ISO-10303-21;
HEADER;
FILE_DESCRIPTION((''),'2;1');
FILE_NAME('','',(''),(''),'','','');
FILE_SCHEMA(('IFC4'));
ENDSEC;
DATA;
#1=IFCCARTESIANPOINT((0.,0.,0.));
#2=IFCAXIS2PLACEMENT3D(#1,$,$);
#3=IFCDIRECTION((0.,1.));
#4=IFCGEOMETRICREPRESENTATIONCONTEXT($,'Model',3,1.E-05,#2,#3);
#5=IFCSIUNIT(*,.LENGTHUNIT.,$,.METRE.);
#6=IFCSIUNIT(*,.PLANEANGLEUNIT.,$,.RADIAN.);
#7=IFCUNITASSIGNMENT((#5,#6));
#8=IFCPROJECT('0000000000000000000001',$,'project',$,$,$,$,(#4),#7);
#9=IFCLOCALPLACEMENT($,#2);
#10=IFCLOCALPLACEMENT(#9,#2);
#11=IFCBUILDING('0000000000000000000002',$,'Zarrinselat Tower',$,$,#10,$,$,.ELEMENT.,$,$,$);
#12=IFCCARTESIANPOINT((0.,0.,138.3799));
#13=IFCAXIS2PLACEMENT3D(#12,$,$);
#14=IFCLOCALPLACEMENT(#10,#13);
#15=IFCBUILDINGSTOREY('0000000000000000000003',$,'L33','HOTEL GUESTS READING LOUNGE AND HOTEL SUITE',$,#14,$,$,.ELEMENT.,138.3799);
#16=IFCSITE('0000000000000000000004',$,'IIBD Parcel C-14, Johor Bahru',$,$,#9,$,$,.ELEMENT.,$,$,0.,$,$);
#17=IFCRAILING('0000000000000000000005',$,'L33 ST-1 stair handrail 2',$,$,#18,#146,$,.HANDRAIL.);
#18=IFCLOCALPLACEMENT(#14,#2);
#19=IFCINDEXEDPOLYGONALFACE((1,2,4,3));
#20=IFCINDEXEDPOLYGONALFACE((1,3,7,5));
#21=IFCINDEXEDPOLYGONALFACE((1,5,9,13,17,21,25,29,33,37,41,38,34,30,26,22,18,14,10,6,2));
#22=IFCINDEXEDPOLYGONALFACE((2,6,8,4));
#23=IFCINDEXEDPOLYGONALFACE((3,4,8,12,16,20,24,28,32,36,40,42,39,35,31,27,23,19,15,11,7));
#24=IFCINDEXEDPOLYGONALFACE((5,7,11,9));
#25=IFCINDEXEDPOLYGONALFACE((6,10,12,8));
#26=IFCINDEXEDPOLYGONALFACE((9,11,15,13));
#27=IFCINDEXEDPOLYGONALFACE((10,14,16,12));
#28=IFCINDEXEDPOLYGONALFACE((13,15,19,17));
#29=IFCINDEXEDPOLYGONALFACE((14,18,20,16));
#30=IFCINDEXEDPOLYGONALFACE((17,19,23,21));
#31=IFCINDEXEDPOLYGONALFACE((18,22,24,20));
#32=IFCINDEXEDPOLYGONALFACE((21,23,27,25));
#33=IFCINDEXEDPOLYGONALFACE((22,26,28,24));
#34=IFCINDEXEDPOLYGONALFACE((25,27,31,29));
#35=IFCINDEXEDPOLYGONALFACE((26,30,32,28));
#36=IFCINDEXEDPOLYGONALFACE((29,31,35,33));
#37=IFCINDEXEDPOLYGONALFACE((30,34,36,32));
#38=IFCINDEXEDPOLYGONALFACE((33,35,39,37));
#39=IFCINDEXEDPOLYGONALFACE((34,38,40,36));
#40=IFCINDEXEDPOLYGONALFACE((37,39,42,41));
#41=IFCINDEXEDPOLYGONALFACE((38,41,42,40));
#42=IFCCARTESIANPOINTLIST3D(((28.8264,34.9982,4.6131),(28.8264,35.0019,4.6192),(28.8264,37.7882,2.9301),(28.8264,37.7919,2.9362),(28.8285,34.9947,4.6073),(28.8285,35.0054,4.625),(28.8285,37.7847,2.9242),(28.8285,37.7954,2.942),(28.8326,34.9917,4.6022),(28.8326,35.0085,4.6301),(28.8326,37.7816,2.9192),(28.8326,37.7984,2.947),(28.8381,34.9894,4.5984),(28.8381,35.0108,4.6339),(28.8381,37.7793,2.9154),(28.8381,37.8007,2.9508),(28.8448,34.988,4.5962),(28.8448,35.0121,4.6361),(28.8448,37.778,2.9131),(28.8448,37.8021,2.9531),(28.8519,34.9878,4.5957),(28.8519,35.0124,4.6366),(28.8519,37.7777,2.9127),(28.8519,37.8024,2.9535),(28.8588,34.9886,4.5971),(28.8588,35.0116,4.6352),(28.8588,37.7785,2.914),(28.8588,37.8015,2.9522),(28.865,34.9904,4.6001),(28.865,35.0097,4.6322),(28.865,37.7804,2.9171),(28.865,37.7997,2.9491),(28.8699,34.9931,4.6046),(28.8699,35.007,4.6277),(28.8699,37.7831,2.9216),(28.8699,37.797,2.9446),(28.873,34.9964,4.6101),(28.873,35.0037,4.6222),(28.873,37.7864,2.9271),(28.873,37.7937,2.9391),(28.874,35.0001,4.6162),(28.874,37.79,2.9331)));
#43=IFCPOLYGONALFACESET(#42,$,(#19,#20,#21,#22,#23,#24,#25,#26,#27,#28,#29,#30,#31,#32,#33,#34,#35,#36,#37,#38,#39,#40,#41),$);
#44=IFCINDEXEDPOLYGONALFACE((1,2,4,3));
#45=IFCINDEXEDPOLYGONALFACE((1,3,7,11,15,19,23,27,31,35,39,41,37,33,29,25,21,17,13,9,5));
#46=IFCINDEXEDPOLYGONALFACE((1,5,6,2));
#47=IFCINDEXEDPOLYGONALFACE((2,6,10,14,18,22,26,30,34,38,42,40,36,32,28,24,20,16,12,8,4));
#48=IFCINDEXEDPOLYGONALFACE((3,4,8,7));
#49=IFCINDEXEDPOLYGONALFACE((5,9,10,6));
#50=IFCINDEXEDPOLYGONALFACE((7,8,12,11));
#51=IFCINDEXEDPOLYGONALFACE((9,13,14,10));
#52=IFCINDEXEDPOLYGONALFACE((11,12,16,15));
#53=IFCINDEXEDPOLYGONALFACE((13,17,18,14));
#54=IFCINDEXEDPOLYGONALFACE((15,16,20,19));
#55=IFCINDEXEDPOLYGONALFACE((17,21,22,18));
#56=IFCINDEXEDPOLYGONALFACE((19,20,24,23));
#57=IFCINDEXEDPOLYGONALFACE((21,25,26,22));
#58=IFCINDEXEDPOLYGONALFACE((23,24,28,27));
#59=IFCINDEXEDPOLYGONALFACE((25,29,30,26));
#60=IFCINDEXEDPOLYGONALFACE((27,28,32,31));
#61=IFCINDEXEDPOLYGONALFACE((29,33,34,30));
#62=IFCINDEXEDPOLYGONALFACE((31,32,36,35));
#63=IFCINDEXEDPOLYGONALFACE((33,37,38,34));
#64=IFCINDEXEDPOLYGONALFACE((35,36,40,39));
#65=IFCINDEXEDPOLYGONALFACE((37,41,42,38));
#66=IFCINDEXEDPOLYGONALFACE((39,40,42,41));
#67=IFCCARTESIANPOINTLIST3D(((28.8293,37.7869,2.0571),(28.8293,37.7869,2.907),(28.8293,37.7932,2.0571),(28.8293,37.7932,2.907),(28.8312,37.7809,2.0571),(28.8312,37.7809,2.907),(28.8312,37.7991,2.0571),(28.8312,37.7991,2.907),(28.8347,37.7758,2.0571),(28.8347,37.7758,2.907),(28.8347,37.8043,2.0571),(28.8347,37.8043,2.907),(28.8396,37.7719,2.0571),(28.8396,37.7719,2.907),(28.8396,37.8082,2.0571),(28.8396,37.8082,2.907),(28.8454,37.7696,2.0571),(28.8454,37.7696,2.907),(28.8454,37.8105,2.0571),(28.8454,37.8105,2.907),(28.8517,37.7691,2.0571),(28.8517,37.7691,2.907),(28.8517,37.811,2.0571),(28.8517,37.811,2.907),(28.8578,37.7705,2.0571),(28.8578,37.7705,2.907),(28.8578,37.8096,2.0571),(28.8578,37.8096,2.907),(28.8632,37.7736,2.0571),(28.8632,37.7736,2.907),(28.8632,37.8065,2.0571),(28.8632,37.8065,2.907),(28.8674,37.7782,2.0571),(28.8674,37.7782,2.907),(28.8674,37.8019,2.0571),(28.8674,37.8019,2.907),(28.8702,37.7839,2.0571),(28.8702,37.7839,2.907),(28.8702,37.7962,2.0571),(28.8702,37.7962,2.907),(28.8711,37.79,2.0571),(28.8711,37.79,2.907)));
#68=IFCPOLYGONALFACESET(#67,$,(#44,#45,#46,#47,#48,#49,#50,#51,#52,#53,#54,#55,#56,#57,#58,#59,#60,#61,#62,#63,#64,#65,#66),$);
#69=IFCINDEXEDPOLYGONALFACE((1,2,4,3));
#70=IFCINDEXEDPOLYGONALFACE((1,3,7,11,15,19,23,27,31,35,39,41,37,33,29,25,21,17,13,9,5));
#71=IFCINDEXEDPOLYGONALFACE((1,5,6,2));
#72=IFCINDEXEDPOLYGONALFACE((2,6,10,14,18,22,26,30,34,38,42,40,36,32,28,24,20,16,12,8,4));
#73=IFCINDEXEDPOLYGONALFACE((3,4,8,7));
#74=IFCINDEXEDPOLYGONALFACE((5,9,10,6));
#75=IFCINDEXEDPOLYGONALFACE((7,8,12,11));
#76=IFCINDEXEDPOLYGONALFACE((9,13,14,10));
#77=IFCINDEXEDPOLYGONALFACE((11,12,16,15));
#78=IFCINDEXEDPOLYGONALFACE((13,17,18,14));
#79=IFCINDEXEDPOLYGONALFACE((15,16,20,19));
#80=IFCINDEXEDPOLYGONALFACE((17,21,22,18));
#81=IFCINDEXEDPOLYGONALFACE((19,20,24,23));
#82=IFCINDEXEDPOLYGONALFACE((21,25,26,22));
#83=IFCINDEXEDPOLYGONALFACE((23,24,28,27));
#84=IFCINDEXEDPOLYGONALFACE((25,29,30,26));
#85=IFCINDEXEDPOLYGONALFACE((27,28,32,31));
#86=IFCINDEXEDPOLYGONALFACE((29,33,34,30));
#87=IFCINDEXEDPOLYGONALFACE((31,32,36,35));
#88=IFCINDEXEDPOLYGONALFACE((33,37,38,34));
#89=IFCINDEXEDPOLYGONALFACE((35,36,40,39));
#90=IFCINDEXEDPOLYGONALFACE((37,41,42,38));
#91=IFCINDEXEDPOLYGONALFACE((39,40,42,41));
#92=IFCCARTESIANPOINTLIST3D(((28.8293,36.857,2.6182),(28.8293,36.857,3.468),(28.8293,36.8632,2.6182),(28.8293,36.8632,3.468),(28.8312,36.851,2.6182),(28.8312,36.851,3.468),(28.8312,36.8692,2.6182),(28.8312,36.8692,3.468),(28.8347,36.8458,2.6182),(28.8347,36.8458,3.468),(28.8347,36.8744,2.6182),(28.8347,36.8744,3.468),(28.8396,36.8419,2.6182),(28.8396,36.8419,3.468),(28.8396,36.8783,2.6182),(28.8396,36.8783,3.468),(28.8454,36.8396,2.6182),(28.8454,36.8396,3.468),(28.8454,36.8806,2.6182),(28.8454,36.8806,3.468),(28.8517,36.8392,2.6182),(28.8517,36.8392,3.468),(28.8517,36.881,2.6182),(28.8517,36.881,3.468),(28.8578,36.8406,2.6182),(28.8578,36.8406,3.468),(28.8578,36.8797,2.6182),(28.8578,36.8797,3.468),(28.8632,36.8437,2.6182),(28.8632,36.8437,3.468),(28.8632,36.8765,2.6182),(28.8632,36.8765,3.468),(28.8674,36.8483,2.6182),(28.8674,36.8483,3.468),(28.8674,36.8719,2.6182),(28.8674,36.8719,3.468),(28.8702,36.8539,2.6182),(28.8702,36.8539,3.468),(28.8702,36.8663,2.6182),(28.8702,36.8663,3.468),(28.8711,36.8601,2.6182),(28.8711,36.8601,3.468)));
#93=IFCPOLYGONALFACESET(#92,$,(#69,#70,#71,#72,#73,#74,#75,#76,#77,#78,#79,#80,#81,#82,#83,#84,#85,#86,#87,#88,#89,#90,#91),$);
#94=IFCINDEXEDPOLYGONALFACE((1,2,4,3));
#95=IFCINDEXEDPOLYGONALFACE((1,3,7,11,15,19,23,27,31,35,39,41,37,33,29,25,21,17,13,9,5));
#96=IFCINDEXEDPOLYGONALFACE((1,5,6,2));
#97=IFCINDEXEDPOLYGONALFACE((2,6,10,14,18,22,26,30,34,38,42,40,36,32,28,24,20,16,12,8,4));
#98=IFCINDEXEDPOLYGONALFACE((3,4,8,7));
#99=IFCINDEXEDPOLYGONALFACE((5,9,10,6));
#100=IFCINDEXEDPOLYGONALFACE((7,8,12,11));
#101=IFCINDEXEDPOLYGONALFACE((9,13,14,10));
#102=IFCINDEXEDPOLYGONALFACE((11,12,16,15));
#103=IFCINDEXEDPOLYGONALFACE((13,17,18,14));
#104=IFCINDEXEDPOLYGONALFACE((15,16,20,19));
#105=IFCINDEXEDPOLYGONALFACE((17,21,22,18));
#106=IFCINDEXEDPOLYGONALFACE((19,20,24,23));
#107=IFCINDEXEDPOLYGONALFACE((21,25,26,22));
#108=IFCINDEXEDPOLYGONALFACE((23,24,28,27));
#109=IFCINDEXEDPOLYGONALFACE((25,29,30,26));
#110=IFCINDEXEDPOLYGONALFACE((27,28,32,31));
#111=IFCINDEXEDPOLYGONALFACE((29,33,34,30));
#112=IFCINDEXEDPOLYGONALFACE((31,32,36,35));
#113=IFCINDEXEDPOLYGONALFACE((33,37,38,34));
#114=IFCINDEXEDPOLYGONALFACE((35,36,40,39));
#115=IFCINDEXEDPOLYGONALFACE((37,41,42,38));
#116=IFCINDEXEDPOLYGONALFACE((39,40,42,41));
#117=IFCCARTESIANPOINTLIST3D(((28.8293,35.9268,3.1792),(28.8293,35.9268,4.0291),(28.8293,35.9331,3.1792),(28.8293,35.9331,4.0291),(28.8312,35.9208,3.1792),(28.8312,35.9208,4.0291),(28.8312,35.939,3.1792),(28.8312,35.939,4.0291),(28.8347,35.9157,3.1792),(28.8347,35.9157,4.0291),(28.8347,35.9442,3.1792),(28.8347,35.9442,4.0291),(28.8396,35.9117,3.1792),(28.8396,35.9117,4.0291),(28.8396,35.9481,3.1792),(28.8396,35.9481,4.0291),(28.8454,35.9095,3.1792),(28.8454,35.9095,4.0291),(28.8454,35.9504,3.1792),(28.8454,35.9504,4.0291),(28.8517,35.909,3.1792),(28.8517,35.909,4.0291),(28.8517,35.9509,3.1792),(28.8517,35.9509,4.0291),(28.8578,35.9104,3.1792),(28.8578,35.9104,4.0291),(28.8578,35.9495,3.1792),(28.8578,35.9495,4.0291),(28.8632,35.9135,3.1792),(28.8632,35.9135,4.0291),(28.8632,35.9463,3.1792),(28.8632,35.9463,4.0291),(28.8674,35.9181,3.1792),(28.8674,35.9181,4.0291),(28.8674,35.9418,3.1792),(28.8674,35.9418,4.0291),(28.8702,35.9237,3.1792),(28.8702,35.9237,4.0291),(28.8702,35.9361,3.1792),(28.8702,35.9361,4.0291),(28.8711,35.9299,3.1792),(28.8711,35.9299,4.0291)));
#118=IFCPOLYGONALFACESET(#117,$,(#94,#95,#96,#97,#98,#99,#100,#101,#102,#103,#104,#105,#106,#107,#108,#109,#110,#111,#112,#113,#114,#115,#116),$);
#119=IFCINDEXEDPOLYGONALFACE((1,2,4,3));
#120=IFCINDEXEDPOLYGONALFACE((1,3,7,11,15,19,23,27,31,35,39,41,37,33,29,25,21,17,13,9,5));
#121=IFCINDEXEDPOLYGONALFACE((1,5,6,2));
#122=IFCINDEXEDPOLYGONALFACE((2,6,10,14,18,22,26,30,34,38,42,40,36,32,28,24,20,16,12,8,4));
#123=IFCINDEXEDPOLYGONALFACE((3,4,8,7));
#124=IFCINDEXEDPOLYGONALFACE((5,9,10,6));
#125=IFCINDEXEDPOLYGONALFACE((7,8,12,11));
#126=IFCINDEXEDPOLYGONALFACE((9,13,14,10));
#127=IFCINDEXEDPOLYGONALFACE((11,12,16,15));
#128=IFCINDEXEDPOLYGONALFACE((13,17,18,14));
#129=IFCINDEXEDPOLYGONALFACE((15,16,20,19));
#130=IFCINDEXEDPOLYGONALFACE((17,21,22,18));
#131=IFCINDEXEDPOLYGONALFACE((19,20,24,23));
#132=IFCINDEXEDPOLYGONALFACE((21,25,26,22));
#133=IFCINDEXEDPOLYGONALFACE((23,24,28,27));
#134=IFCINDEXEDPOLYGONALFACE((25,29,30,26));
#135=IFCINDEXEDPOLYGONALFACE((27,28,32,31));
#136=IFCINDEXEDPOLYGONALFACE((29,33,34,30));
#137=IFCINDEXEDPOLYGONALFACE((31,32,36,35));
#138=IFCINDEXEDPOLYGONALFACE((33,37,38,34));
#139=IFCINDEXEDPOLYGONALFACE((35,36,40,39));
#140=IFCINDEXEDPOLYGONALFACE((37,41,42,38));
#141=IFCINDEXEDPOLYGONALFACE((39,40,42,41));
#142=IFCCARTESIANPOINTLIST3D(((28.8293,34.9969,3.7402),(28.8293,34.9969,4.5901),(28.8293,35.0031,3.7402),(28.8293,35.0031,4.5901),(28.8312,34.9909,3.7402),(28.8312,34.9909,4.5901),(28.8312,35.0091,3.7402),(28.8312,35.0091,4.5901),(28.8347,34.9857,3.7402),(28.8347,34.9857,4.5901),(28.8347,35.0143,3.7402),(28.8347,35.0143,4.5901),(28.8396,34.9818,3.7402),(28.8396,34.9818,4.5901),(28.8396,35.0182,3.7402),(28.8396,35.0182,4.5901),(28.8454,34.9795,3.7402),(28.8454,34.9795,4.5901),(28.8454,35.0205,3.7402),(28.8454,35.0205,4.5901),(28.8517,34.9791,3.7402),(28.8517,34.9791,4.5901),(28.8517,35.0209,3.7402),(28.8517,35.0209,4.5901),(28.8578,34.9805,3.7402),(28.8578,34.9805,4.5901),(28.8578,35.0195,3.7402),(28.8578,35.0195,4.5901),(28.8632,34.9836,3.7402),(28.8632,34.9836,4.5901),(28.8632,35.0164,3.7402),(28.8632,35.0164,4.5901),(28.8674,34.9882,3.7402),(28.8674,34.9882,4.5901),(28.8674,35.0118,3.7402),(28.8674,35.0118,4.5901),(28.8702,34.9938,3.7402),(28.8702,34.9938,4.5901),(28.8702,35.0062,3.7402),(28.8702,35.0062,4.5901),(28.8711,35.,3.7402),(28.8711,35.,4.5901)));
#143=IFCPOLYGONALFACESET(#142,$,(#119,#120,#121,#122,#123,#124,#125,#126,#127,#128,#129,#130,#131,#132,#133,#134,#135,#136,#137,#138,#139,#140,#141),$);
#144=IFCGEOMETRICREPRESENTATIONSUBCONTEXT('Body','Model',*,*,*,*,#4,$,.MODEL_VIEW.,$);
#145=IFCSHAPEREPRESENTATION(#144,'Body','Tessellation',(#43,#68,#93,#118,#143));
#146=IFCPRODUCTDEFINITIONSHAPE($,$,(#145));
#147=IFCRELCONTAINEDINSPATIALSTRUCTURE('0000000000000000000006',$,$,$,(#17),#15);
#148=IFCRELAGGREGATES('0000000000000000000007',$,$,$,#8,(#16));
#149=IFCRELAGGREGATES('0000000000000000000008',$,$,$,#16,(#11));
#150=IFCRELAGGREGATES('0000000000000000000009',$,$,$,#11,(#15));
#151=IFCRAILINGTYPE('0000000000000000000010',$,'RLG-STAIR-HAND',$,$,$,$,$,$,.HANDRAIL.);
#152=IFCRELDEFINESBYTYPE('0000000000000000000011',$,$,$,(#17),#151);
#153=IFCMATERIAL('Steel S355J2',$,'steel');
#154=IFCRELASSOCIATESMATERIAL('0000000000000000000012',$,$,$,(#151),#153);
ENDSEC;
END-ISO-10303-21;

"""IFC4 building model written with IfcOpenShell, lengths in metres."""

from ifc_helpers import new_model, si_unit, direction, frame, origin, origin_2d, place, context, subcontext, project, spatial, circle, extrude, material, type_object, element, save


model = new_model("IFC4")

# Units and contexts
model_context = context("Model", 3, precision=1e-05, world=origin(), true_north=direction((0.0, 1.0)))
body_context = subcontext(model_context, "Body", "Model", "MODEL_VIEW")
ifc_project = project(units=[si_unit("LENGTHUNIT", "METRE"), si_unit("PLANEANGLEUNIT", "RADIAN")], contexts=[model_context])

# Site, building, storey
site_placement = place(None, origin())
site = spatial("IfcSite", under=ifc_project, at=site_placement, Name="IIBD Parcel C-14, Johor Bahru", CompositionType="ELEMENT", RefElevation=0.0)
building_placement = place(site_placement, origin())
building = spatial("IfcBuilding", under=site, at=building_placement, Name="Zarrinselat Tower", CompositionType="ELEMENT")
storey_placement = place(building_placement, frame((0.0, 0.0, 138.3799)))
storey = spatial("IfcBuildingStorey", under=building, at=storey_placement, Name="L33", Description="HOTEL GUESTS READING LOUNGE AND HOTEL SUITE", CompositionType="ELEMENT", Elevation=138.3799)

# Railing
ifc_material_1 = material(Name="Steel S355J2", Category="steel")
railing_type_1 = type_object("IfcRailingType", Name="RLG-STAIR-HAND", PredefinedType="HANDRAIL", material=ifc_material_1)
railing_1_placement = place(storey_placement, frame((28.8501, 37.79, 2.0571)))
element("IfcRailing", 1, at=railing_1_placement, inside=storey, type_object=railing_type_1, Name="L33 ST-1 stair handrail 2", PredefinedType="HANDRAIL", context=body_context, shape_type="SweptSolid", body=[
    extrude(circle(Radius=0.0239, at=origin_2d()), frame((0.0, 0.0, 0.876), z_axis=(0.0, -0.856261, 0.516544), x_axis=(1.0, 0.0, 0.0)), (0.0, 0.0, 1.0), 3.2583),
    extrude(circle(Radius=0.021, at=origin_2d()), origin(), (0.0, 0.0, 1.0), 0.8499),
    extrude(circle(Radius=0.021, at=origin_2d()), frame((0.0, -0.9299, 0.561)), (0.0, 0.0, 1.0), 0.8499),
    extrude(circle(Radius=0.021, at=origin_2d()), frame((0.0, -1.8601, 1.1221)), (0.0, 0.0, 1.0), 0.8499),
    extrude(circle(Radius=0.021, at=origin_2d()), frame((0.0, -2.79, 1.6831)), (0.0, 0.0, 1.0), 0.8499),
])

save(model, "model.ifc")
